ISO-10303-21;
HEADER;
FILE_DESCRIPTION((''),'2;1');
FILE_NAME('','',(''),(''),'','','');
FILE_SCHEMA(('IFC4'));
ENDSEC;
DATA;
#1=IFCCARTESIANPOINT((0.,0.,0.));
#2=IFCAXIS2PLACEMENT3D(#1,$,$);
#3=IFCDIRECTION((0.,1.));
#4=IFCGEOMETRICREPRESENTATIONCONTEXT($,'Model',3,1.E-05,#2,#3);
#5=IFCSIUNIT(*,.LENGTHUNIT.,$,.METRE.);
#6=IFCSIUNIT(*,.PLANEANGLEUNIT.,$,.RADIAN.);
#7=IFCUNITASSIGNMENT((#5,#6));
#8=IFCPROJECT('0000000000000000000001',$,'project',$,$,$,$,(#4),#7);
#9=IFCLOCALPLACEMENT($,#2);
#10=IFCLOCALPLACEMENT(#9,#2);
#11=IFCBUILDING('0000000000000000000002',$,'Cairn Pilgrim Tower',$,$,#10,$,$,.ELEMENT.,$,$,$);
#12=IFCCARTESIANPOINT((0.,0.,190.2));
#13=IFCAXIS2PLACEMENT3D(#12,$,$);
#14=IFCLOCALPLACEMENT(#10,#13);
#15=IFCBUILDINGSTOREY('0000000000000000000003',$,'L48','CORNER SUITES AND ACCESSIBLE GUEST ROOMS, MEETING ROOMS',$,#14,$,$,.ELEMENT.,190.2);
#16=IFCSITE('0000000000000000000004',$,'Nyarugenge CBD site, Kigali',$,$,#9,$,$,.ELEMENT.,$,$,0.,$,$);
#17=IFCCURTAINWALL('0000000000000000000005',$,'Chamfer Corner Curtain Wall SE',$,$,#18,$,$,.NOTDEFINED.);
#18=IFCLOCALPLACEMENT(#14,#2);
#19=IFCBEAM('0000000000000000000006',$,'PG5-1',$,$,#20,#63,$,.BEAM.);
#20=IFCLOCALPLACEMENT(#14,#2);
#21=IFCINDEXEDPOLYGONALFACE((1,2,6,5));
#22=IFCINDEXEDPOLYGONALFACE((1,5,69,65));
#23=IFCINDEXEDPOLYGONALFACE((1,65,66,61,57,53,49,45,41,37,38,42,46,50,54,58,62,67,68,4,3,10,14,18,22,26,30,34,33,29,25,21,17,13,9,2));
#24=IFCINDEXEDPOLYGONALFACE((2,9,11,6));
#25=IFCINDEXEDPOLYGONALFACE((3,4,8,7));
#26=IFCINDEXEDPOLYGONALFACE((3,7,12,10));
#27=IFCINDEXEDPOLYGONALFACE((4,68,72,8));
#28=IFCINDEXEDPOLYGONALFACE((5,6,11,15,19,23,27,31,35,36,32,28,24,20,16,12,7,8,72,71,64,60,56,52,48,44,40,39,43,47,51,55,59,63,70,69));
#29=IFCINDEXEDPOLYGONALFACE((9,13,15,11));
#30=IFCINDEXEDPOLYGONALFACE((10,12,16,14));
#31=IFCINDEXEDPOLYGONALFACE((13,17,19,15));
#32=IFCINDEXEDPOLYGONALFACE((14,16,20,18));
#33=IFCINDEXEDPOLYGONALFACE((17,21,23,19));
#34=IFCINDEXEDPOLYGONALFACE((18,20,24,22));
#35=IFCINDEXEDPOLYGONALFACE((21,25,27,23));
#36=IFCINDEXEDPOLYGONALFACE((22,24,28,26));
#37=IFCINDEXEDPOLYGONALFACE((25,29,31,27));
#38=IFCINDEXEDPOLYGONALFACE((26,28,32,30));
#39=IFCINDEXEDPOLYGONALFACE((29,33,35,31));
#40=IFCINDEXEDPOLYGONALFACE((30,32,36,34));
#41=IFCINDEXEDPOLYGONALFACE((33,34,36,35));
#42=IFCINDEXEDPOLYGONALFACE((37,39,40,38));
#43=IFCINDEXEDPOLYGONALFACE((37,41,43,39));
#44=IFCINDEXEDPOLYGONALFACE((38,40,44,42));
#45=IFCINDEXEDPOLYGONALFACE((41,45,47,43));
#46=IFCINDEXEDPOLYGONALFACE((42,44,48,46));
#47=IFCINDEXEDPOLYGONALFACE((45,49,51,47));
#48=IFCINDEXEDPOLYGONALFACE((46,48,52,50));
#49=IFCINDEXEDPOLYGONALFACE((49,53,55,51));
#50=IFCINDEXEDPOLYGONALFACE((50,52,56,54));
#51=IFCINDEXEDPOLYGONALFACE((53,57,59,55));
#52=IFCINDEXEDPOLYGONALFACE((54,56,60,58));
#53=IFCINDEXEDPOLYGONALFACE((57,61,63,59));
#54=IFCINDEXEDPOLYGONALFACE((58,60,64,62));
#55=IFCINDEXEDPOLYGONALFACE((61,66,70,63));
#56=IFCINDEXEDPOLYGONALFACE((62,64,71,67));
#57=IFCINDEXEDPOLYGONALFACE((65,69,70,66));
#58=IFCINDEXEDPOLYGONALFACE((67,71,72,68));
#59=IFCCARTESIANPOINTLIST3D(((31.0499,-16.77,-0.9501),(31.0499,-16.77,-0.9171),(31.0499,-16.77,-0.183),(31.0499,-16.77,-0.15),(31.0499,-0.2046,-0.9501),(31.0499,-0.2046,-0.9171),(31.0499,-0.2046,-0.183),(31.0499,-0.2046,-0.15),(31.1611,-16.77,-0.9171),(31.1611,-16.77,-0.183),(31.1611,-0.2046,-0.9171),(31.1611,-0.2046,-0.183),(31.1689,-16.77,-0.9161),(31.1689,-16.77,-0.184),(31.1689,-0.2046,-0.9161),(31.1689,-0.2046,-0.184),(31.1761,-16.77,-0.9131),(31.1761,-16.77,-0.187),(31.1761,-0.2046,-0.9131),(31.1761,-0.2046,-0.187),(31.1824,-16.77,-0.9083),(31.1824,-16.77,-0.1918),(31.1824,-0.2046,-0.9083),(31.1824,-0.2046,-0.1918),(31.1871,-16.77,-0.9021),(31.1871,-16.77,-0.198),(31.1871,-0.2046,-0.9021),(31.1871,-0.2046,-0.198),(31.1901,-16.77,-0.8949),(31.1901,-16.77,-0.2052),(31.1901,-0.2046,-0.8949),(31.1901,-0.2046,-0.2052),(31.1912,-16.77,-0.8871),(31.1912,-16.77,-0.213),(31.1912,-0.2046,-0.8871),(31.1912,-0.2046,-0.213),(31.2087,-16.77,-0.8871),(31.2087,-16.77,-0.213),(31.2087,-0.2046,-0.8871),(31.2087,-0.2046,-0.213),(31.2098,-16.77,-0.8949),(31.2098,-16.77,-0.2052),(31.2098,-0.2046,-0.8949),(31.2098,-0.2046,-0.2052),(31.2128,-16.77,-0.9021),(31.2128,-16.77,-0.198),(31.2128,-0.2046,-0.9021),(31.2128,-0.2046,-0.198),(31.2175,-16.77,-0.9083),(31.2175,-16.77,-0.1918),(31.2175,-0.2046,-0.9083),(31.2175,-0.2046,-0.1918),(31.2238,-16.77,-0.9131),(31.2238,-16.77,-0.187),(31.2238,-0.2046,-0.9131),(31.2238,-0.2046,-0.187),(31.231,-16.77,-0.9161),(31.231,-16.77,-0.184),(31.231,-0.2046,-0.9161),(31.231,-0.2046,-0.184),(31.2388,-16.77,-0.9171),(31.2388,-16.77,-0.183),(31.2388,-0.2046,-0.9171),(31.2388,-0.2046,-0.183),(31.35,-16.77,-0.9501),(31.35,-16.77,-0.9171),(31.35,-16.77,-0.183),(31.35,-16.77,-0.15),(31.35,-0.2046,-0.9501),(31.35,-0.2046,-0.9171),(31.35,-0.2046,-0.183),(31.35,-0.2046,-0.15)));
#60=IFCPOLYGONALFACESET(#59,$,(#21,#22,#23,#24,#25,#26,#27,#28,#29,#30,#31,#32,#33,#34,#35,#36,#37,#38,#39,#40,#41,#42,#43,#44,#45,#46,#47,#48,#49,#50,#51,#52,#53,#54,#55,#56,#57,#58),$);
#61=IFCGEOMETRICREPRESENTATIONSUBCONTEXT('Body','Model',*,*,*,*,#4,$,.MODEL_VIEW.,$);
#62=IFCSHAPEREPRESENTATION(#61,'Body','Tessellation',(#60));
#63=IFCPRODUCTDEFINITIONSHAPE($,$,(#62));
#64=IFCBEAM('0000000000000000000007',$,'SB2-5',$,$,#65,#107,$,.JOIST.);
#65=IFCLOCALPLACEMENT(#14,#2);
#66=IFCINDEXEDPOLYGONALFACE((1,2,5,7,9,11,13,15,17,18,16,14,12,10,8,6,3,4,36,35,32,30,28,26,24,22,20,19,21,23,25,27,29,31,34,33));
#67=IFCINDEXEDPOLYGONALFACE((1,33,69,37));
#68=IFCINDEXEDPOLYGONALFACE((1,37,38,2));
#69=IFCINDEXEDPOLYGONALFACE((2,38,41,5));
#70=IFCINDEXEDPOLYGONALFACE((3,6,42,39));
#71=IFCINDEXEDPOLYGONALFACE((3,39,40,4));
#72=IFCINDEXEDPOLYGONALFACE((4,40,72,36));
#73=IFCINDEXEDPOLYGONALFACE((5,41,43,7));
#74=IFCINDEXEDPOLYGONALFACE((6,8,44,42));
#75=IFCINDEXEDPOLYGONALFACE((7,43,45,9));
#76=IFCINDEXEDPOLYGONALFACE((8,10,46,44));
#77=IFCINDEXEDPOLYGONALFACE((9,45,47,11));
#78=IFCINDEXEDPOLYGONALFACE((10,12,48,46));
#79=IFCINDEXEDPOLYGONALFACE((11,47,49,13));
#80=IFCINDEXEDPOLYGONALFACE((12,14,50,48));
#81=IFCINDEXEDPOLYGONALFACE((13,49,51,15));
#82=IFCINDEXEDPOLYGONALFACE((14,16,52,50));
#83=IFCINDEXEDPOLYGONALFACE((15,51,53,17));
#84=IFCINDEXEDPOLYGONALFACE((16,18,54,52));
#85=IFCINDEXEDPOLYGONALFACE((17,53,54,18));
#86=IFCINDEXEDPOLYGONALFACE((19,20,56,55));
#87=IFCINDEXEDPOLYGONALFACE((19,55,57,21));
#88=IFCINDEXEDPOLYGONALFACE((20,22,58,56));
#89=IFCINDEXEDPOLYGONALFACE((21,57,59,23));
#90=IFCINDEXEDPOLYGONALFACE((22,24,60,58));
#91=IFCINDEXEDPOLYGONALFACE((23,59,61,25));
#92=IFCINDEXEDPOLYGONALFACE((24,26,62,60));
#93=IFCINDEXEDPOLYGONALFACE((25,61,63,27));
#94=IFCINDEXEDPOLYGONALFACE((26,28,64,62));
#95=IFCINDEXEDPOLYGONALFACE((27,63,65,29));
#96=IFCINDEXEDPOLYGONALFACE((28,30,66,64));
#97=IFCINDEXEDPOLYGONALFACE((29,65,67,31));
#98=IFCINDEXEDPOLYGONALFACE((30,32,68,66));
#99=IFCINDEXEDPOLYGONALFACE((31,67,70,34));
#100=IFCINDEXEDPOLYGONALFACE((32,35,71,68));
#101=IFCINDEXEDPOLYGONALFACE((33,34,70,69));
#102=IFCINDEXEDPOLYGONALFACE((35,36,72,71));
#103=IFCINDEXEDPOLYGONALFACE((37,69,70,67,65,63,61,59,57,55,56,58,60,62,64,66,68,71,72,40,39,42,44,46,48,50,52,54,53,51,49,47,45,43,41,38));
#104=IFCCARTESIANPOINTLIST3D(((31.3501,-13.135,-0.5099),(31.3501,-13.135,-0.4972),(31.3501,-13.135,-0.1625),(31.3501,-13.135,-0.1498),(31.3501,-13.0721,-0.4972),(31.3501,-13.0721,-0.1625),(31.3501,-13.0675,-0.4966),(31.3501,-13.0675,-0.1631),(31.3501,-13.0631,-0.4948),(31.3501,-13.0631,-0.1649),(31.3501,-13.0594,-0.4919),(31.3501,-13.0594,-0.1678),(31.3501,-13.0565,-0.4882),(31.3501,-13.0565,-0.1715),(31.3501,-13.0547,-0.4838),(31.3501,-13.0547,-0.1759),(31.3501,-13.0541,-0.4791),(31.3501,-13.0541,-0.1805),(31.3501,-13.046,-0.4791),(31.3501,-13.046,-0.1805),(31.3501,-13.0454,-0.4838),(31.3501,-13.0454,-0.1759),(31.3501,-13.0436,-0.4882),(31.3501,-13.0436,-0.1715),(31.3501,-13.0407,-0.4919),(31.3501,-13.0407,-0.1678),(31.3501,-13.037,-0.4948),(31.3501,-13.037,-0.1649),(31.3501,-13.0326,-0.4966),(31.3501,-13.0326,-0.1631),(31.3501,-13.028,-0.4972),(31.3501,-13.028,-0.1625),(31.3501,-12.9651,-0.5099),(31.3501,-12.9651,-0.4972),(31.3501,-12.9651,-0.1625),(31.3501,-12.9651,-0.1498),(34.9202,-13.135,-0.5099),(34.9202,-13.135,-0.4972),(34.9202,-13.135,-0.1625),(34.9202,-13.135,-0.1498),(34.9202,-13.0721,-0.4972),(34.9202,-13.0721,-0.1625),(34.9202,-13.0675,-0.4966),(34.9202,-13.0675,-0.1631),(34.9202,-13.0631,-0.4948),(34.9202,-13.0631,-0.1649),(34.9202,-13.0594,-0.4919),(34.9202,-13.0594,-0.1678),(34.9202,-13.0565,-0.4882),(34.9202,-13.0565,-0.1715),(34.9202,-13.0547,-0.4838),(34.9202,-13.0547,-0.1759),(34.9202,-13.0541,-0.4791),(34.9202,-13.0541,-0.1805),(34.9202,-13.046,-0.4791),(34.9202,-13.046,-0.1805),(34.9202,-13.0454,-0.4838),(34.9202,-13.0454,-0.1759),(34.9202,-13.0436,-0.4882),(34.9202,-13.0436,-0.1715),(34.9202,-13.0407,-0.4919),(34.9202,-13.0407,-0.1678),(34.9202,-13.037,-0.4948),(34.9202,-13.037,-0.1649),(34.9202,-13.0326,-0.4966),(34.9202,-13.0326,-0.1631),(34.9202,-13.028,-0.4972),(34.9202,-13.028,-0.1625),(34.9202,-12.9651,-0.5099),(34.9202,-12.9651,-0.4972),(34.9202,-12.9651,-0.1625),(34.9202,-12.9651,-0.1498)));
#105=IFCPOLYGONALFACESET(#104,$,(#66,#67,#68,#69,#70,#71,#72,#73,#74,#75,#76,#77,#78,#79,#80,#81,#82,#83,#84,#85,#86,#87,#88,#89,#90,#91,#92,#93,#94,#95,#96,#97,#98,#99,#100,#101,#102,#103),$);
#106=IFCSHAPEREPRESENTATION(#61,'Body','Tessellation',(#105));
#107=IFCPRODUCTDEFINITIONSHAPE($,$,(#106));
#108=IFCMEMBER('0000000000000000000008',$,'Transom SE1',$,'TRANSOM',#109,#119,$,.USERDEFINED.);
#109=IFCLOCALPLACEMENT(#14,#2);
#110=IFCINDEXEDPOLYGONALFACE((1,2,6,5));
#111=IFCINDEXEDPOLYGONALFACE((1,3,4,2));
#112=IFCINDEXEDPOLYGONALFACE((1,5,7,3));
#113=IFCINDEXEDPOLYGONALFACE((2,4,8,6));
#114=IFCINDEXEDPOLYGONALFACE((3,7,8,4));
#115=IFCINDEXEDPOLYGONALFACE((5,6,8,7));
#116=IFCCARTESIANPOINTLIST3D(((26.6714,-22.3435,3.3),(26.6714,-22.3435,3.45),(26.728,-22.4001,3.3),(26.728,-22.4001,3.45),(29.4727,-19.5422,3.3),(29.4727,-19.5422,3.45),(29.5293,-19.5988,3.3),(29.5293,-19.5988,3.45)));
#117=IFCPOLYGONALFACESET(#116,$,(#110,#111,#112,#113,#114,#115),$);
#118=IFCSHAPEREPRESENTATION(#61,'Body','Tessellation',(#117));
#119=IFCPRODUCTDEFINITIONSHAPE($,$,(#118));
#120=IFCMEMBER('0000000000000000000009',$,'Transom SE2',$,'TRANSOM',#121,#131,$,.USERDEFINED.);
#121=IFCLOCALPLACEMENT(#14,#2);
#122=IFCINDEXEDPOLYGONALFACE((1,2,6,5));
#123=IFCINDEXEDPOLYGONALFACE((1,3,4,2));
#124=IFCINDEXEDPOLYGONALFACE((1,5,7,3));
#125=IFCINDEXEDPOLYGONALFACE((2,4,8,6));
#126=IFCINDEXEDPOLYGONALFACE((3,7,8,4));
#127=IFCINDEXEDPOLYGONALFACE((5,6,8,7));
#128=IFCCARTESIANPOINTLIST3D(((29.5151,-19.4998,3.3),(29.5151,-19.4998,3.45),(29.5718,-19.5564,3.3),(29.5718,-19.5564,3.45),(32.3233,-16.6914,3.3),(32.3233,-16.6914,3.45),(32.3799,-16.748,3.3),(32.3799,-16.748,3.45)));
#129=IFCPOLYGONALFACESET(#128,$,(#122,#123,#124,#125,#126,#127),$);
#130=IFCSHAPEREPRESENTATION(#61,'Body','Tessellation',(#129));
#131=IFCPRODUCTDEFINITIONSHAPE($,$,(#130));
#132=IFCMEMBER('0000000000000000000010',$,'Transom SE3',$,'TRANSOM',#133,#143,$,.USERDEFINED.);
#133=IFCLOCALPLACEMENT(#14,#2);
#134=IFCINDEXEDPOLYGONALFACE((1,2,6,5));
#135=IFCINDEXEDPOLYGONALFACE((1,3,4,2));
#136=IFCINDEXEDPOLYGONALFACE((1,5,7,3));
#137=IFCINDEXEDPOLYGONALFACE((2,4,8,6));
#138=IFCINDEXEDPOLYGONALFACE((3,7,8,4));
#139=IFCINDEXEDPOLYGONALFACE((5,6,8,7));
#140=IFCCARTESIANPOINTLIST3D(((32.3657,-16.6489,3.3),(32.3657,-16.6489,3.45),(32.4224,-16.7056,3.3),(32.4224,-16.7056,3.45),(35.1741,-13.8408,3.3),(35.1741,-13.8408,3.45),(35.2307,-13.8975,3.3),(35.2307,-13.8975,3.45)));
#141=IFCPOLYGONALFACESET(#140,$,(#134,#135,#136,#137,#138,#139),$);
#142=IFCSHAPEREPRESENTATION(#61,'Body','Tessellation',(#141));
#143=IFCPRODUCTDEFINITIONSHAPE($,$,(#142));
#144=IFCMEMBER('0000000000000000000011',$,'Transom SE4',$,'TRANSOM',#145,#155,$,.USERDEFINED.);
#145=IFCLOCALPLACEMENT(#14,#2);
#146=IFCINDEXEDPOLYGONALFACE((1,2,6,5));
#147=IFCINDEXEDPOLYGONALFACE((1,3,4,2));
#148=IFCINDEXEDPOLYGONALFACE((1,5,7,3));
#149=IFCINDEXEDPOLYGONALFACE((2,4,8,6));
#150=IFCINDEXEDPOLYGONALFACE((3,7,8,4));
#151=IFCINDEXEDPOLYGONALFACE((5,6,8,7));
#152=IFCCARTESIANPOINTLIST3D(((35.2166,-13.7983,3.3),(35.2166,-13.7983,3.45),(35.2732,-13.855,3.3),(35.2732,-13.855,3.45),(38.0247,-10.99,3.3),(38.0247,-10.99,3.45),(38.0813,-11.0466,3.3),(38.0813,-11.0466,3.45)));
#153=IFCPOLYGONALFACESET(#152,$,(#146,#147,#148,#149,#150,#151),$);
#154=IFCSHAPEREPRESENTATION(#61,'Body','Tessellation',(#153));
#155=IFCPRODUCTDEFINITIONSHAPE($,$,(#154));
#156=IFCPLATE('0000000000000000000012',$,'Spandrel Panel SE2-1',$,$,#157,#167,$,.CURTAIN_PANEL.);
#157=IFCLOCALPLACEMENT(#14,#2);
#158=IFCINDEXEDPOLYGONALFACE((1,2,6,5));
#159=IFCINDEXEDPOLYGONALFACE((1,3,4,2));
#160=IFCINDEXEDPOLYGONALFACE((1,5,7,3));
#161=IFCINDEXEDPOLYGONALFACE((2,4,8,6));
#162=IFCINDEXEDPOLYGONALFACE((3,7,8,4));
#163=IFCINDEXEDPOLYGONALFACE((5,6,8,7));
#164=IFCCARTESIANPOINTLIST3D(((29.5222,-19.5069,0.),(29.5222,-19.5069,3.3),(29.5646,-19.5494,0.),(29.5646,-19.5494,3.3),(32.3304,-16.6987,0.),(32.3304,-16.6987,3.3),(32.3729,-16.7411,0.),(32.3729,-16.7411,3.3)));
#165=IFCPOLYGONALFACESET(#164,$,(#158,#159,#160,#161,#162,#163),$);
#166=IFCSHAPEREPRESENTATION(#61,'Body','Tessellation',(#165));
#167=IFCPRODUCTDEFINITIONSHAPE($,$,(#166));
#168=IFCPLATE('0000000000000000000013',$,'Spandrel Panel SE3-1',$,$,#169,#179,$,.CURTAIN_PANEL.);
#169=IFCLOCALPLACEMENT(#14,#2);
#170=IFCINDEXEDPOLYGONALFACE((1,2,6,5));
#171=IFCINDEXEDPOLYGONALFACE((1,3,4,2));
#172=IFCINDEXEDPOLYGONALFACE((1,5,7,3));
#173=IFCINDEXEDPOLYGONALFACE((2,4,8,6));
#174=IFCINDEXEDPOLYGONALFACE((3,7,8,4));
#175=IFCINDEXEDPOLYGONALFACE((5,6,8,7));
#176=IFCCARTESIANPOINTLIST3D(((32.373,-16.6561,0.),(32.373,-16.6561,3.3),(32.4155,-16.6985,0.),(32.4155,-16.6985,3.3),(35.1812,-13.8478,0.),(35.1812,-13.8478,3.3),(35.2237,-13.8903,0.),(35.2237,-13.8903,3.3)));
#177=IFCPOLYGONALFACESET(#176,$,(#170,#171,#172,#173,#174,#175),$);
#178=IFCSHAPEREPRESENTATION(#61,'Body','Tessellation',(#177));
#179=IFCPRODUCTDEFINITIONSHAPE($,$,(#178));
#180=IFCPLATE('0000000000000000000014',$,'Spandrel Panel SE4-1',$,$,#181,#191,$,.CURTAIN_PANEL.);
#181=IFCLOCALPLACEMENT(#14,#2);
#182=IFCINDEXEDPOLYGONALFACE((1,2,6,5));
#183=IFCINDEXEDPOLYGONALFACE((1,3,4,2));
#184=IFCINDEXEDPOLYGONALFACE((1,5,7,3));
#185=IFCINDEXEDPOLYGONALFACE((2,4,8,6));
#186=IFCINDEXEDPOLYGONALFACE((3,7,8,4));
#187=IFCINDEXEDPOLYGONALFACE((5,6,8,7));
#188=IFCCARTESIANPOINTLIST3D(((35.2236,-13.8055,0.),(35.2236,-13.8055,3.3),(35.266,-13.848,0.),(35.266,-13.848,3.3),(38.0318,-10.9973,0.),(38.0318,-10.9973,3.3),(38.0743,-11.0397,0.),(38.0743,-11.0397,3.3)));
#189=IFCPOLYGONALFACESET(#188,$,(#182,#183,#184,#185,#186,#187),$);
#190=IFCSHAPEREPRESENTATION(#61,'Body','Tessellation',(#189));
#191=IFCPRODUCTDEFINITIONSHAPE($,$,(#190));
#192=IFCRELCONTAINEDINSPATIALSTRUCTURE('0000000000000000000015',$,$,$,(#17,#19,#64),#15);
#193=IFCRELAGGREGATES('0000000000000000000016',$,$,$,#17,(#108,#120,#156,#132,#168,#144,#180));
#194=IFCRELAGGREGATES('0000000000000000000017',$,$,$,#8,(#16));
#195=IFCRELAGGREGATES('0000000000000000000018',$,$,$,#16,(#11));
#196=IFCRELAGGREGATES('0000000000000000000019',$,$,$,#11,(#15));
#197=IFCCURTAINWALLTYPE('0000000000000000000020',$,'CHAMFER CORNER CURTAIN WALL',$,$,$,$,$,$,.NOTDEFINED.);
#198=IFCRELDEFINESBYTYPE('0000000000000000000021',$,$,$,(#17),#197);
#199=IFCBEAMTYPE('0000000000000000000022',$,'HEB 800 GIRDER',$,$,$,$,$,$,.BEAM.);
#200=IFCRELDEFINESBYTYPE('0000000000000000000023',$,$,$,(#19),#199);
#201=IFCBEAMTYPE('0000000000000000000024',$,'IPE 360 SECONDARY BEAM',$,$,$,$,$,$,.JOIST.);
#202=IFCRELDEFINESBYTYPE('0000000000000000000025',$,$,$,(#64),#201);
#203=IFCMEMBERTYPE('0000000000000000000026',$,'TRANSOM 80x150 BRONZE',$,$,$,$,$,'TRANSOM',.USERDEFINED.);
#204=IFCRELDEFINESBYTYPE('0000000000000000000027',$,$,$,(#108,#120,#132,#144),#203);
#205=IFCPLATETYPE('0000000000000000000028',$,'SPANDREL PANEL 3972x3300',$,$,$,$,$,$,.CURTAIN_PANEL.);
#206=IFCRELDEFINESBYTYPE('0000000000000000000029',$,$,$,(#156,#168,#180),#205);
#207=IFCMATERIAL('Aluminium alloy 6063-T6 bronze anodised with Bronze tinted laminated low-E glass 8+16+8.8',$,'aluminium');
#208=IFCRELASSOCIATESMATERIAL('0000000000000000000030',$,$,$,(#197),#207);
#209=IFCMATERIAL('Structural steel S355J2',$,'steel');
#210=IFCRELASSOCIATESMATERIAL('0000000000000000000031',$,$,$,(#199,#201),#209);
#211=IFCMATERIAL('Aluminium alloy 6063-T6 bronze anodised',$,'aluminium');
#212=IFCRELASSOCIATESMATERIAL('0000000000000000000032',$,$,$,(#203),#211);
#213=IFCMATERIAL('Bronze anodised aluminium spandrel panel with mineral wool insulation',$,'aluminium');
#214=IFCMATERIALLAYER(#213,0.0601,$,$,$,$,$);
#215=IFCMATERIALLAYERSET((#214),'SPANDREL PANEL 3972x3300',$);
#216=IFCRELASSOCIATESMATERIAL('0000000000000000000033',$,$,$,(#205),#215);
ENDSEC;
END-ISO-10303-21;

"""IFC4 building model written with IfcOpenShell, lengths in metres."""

from ifc_helpers import new_model, si_unit, direction, frame, origin, origin_2d, place, context, subcontext, project, spatial, rectangle, i_section, extrude, material, layer, layer_set, material_profile, profile_set, type_object, element, aggregate, save


model = new_model("IFC4")

# Units and contexts
model_context = context("Model", 3, precision=1e-05, world=origin(), true_north=direction((0.0, 1.0)))
body_context = subcontext(model_context, "Body", "Model", "MODEL_VIEW")
ifc_project = project(units=[si_unit("LENGTHUNIT", "METRE"), si_unit("PLANEANGLEUNIT", "RADIAN")], contexts=[model_context])

# Site, building, storey
site_placement = place(None, origin())
site = spatial("IfcSite", under=ifc_project, at=site_placement, Name="Nyarugenge CBD site, Kigali", CompositionType="ELEMENT", RefElevation=0.0)
building_placement = place(site_placement, origin())
building = spatial("IfcBuilding", under=site, at=building_placement, Name="Cairn Pilgrim Tower", CompositionType="ELEMENT")
storey_placement = place(building_placement, frame((0.0, 0.0, 190.2)))
storey = spatial("IfcBuildingStorey", under=building, at=storey_placement, Name="L48", Description="CORNER SUITES AND ACCESSIBLE GUEST ROOMS, MEETING ROOMS", CompositionType="ELEMENT", Elevation=190.2)

# Shared definitions
ifc_material_1 = material(Name="Structural steel S355J2", Category="steel")

# Curtain wall
ifc_material_2 = material(Name="Aluminium alloy 6063-T6 bronze anodised with Bronze tinted laminated low-E glass 8+16+8.8", Category="aluminium")
curtain_wall_type = type_object("IfcCurtainWallType", Name="CHAMFER CORNER CURTAIN WALL", PredefinedType="NOTDEFINED", material=ifc_material_2)
curtain_wall_placement = place(storey_placement, origin())
curtain_wall = element("IfcCurtainWall", 1, at=curtain_wall_placement, inside=storey, type_object=curtain_wall_type, Name="Chamfer Corner Curtain Wall SE", PredefinedType="NOTDEFINED")
ifc_material_3 = material(Name="Aluminium alloy 6063-T6 bronze anodised", Category="aluminium")

# Beams
ifc_material_profile_1 = material_profile(ifc_material_1, i_section(OverallWidth=0.3, OverallDepth=0.8, WebThickness=0.0176, FlangeThickness=0.033, FilletRadius=0.03, at=origin_2d()), Name="HEB 800")
ifc_profile_set_1 = profile_set([ifc_material_profile_1], Name="Structural steel S355J2")
beam_type_1 = type_object("IfcBeamType", Name="HEB 800 GIRDER", PredefinedType="BEAM", material=ifc_profile_set_1)
beam_1_placement = place(storey_placement, frame((31.2, -16.77, -0.55), z_axis=(0.0, 1.0, 0.0), x_axis=(-1.0, 0.0, 0.0)))
element("IfcBeam", 2, at=beam_1_placement, inside=storey, type_object=beam_type_1, Name="PG5-1", PredefinedType="BEAM", context=body_context, shape_type="SweptSolid", body=[
    extrude(i_section(OverallWidth=0.3, OverallDepth=0.8, WebThickness=0.0176, FlangeThickness=0.033, FilletRadius=0.03, at=origin_2d()), origin(), (0.0, 0.0, 1.0), 16.5654),
])
ifc_material_profile_2 = material_profile(ifc_material_1, i_section(OverallWidth=0.1699, OverallDepth=0.3601, WebThickness=0.0081, FlangeThickness=0.0127, FilletRadius=0.0181, at=origin_2d()), Name="IPE 360")
ifc_profile_set_2 = profile_set([ifc_material_profile_2], Name="Structural steel S355J2")
beam_type_2 = type_object("IfcBeamType", Name="IPE 360 SECONDARY BEAM", PredefinedType="JOIST", material=ifc_profile_set_2)
beam_2_placement = place(storey_placement, frame((31.3501, -13.05, -0.3298), z_axis=(1.0, 0.0, 0.0), x_axis=(0.0, 1.0, 0.0)))
element("IfcBeam", 3, at=beam_2_placement, inside=storey, type_object=beam_type_2, Name="SB2-5", PredefinedType="JOIST", context=body_context, shape_type="SweptSolid", body=[
    extrude(i_section(OverallWidth=0.1699, OverallDepth=0.3601, WebThickness=0.0081, FlangeThickness=0.0127, FilletRadius=0.0181, at=origin_2d()), origin(), (0.0, 0.0, 1.0), 3.5701),
])

# Members
ifc_material_profile_3 = material_profile(ifc_material_3, rectangle(XDim=0.0801, YDim=0.1499, at=origin_2d()), Name="TRANSOM 80x150 BRONZE")
ifc_profile_set_3 = profile_set([ifc_material_profile_3], Name="Aluminium alloy 6063-T6 bronze anodised")
member_type_1 = type_object("IfcMemberType", Name="TRANSOM 80x150 BRONZE", ElementType="TRANSOM", PredefinedType="USERDEFINED", material=ifc_profile_set_3)
member_1_placement = place(storey_placement, frame((26.6997, -22.3718, 3.375), z_axis=(0.707107, 0.707107, 0.0), x_axis=(-0.707107, 0.707107, 0.0)))
member_1 = element("IfcMember", 4, at=member_1_placement, type_object=member_type_1, Name="Transom SE1", ObjectType="TRANSOM", PredefinedType="USERDEFINED", context=body_context, shape_type="SweptSolid", body=[
    extrude(rectangle(XDim=0.0801, YDim=0.1499, at=origin_2d()), origin(), (0.0, 0.0, 1.0), 3.9617),
])
member_2_placement = place(storey_placement, frame((29.5435, -19.5281, 3.375), z_axis=(0.707076, 0.707138, 0.0), x_axis=(-0.707138, 0.707076, 0.0)))
member_2 = element("IfcMember", 5, at=member_2_placement, type_object=member_type_1, Name="Transom SE2", ObjectType="TRANSOM", PredefinedType="USERDEFINED", context=body_context, shape_type="SweptSolid", body=[
    extrude(rectangle(XDim=0.0801, YDim=0.1499, at=origin_2d()), origin(), (0.0, 0.0, 1.0), 3.9714),
])
member_3_placement = place(storey_placement, frame((32.394, -16.6772, 3.375), z_axis=(0.707138, 0.707076, 0.0), x_axis=(-0.707076, 0.707138, 0.0)))
member_3 = element("IfcMember", 6, at=member_3_placement, type_object=member_type_1, Name="Transom SE3", ObjectType="TRANSOM", PredefinedType="USERDEFINED", context=body_context, shape_type="SweptSolid", body=[
    extrude(rectangle(XDim=0.0801, YDim=0.1499, at=origin_2d()), origin(), (0.0, 0.0, 1.0), 3.9714),
])
member_4_placement = place(storey_placement, frame((35.2449, -13.8267, 3.375), z_axis=(0.707076, 0.707138, 0.0), x_axis=(-0.707138, 0.707076, 0.0)))
member_4 = element("IfcMember", 7, at=member_4_placement, type_object=member_type_1, Name="Transom SE4", ObjectType="TRANSOM", PredefinedType="USERDEFINED", context=body_context, shape_type="SweptSolid", body=[
    extrude(rectangle(XDim=0.0801, YDim=0.1499, at=origin_2d()), origin(), (0.0, 0.0, 1.0), 3.9714),
])

# Plates
ifc_material_4 = material(Name="Bronze anodised aluminium spandrel panel with mineral wool insulation", Category="aluminium")
ifc_layer_1 = layer(ifc_material_4, 0.0601)
ifc_layer_set_1 = layer_set([ifc_layer_1], Name="SPANDREL PANEL 3972x3300")
plate_type_1 = type_object("IfcPlateType", Name="SPANDREL PANEL 3972x3300", PredefinedType="CURTAIN_PANEL", material=ifc_layer_set_1)
plate_1_placement = place(storey_placement, frame((30.9475, -18.124, 0.0), z_axis=(0.0, 0.0, 1.0), x_axis=(0.707107, 0.707107, 0.0)))
plate_1 = element("IfcPlate", 8, at=plate_1_placement, type_object=plate_type_1, Name="Spandrel Panel SE2-1", PredefinedType="CURTAIN_PANEL", context=body_context, shape_type="SweptSolid", body=[
    extrude(rectangle(XDim=3.9714, YDim=0.0601, at=origin_2d()), origin(), (0.0, 0.0, 1.0), 3.3),
])
plate_2_placement = place(storey_placement, frame((33.7983, -15.2732, 0.0), z_axis=(0.0, 0.0, 1.0), x_axis=(0.707107, 0.707107, 0.0)))
plate_2 = element("IfcPlate", 9, at=plate_2_placement, type_object=plate_type_1, Name="Spandrel Panel SE3-1", PredefinedType="CURTAIN_PANEL", context=body_context, shape_type="SweptSolid", body=[
    extrude(rectangle(XDim=3.9714, YDim=0.0601, at=origin_2d()), origin(), (0.0, 0.0, 1.0), 3.3),
])
plate_3_placement = place(storey_placement, frame((36.6489, -12.4226, 0.0), z_axis=(0.0, 0.0, 1.0), x_axis=(0.707107, 0.707107, 0.0)))
plate_3 = element("IfcPlate", 10, at=plate_3_placement, type_object=plate_type_1, Name="Spandrel Panel SE4-1", PredefinedType="CURTAIN_PANEL", context=body_context, shape_type="SweptSolid", body=[
    extrude(rectangle(XDim=3.9714, YDim=0.0601, at=origin_2d()), origin(), (0.0, 0.0, 1.0), 3.3),
])
aggregate(curtain_wall, [member_1, member_2, plate_1, member_3, plate_2, member_4, plate_3])

save(model, "model.ifc")
